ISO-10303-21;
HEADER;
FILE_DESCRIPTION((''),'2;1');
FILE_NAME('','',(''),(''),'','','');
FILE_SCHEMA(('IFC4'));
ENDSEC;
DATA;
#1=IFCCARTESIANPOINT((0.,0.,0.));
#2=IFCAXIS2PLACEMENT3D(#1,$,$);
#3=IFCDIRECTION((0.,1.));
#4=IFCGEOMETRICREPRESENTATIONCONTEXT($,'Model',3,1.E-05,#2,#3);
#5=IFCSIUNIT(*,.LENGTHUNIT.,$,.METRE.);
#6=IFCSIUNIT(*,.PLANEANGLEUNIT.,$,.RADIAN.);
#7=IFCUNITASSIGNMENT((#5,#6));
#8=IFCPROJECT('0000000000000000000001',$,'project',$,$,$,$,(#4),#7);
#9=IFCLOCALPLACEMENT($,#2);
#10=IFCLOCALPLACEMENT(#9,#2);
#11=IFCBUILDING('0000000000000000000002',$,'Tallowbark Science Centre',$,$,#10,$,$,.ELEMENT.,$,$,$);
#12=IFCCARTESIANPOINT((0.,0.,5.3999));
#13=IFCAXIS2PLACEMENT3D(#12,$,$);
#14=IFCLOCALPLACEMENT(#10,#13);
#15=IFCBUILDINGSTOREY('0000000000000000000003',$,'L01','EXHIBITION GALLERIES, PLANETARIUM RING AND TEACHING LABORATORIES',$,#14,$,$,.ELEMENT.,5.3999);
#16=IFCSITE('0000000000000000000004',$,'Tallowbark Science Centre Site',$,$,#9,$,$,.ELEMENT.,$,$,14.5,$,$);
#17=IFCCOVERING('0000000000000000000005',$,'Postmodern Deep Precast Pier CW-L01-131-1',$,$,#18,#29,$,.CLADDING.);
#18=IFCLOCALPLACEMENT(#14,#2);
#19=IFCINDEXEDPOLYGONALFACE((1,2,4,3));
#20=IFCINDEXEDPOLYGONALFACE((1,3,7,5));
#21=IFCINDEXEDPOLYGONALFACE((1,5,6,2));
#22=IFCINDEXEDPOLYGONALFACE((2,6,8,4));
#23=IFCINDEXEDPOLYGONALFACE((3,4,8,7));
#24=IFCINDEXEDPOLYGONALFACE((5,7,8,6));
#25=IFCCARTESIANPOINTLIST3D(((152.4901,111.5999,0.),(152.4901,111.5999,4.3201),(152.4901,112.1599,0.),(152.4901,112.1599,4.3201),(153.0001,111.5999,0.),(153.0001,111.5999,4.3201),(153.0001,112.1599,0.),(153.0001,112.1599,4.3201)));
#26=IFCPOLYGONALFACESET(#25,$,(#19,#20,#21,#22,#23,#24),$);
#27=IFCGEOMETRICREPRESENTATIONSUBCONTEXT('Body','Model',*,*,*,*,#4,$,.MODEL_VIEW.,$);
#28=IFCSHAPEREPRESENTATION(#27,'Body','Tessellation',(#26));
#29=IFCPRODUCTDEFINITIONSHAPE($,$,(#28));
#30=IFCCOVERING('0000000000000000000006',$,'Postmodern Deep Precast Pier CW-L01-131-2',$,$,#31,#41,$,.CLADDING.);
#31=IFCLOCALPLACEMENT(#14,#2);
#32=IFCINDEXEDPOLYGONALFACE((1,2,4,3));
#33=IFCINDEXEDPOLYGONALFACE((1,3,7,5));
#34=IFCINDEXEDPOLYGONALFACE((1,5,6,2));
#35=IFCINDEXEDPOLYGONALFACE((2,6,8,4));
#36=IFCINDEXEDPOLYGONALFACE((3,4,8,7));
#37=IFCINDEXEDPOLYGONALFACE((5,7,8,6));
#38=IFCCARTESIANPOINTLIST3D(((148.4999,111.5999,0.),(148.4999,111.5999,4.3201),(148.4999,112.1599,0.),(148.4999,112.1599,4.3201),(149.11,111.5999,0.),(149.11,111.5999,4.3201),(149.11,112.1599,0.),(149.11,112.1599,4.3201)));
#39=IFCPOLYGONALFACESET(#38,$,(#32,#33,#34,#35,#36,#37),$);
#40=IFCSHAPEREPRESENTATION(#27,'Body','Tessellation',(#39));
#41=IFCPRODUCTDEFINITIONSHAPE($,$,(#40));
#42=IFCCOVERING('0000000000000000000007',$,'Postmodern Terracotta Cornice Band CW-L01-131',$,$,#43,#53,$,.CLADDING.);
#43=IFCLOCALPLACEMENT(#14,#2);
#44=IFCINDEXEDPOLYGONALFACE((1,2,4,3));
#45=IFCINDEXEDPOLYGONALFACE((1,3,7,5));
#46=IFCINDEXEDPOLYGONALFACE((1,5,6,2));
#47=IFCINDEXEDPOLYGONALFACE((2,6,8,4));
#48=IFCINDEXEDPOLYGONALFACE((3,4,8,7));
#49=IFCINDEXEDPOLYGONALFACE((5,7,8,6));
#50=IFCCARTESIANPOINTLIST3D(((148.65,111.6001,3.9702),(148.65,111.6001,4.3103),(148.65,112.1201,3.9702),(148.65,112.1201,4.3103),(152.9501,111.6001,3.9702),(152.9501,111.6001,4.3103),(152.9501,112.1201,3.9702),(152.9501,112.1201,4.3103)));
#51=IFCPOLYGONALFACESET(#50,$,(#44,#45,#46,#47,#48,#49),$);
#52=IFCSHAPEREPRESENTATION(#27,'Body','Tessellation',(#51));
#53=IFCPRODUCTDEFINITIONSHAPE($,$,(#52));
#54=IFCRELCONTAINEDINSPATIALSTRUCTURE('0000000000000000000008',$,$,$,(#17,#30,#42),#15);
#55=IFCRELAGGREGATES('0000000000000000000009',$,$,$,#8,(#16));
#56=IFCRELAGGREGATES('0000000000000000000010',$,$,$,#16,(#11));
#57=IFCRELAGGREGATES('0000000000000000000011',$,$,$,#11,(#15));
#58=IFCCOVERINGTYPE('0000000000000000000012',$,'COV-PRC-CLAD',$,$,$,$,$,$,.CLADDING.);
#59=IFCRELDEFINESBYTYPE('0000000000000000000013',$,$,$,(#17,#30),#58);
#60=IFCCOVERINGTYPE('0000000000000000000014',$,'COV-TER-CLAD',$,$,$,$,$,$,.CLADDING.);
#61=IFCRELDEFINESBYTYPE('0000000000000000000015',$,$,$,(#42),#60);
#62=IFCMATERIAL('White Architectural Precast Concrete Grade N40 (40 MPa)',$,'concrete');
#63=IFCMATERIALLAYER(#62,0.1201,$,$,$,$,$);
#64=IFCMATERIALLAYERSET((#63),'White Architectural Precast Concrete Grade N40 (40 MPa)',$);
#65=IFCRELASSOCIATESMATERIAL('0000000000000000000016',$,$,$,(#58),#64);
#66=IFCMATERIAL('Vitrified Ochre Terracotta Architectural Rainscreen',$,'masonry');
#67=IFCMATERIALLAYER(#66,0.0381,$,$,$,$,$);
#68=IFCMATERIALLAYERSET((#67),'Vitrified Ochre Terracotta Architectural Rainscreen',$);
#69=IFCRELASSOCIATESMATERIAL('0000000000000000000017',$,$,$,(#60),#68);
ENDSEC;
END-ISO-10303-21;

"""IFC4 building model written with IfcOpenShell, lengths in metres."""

from ifc_helpers import new_model, si_unit, direction, frame, origin, origin_2d, place, context, subcontext, project, spatial, rectangle, extrude, material, layer, layer_set, type_object, element, save


model = new_model("IFC4")

# Units and contexts
model_context = context("Model", 3, precision=1e-05, world=origin(), true_north=direction((0.0, 1.0)))
body_context = subcontext(model_context, "Body", "Model", "MODEL_VIEW")
ifc_project = project(units=[si_unit("LENGTHUNIT", "METRE"), si_unit("PLANEANGLEUNIT", "RADIAN")], contexts=[model_context])

# Site, building, storey
site_placement = place(None, origin())
site = spatial("IfcSite", under=ifc_project, at=site_placement, Name="Tallowbark Science Centre Site", CompositionType="ELEMENT", RefElevation=14.5)
building_placement = place(site_placement, origin())
building = spatial("IfcBuilding", under=site, at=building_placement, Name="Tallowbark Science Centre", CompositionType="ELEMENT")
storey_placement = place(building_placement, frame((0.0, 0.0, 5.3999)))
storey = spatial("IfcBuildingStorey", under=building, at=storey_placement, Name="L01", Description="EXHIBITION GALLERIES, PLANETARIUM RING AND TEACHING LABORATORIES", CompositionType="ELEMENT", Elevation=5.3999)

# Coverings
ifc_material_1 = material(Name="White Architectural Precast Concrete Grade N40 (40 MPa)", Category="concrete")
ifc_layer_1 = layer(ifc_material_1, 0.1201)
ifc_layer_set_1 = layer_set([ifc_layer_1], Name="White Architectural Precast Concrete Grade N40 (40 MPa)")
covering_type_1 = type_object("IfcCoveringType", Name="COV-PRC-CLAD", PredefinedType="CLADDING", material=ifc_layer_set_1)
covering_1_placement = place(storey_placement, frame((152.7451, 111.8799, 0.0), z_axis=(0.0, 0.0, 1.0), x_axis=(-1.0, 0.0, 0.0)))
element("IfcCovering", 1, at=covering_1_placement, inside=storey, type_object=covering_type_1, Name="Postmodern Deep Precast Pier CW-L01-131-1", PredefinedType="CLADDING", context=body_context, shape_type="SweptSolid", body=[
    extrude(rectangle(XDim=0.51, YDim=0.5601, at=origin_2d()), origin(), (0.0, 0.0, 1.0), 4.3201),
])
covering_2_placement = place(storey_placement, frame((148.8049, 111.8799, 0.0), z_axis=(0.0, 0.0, 1.0), x_axis=(-1.0, 0.0, 0.0)))
element("IfcCovering", 2, at=covering_2_placement, inside=storey, type_object=covering_type_1, Name="Postmodern Deep Precast Pier CW-L01-131-2", PredefinedType="CLADDING", context=body_context, shape_type="SweptSolid", body=[
    extrude(rectangle(XDim=0.6101, YDim=0.5601, at=origin_2d()), origin(), (0.0, 0.0, 1.0), 4.3201),
])
ifc_material_2 = material(Name="Vitrified Ochre Terracotta Architectural Rainscreen", Category="masonry")
ifc_layer_2 = layer(ifc_material_2, 0.0381)
ifc_layer_set_2 = layer_set([ifc_layer_2], Name="Vitrified Ochre Terracotta Architectural Rainscreen")
covering_type_2 = type_object("IfcCoveringType", Name="COV-TER-CLAD", PredefinedType="CLADDING", material=ifc_layer_set_2)
covering_3_placement = place(storey_placement, frame((150.8, 111.8601, 3.9702), z_axis=(0.0, 0.0, 1.0), x_axis=(-1.0, 0.0, 0.0)))
element("IfcCovering", 3, at=covering_3_placement, inside=storey, type_object=covering_type_2, Name="Postmodern Terracotta Cornice Band CW-L01-131", PredefinedType="CLADDING", context=body_context, shape_type="SweptSolid", body=[
    extrude(rectangle(XDim=4.3, YDim=0.52, at=origin_2d()), origin(), (0.0, 0.0, 1.0), 0.3401),
])

save(model, "model.ifc")
